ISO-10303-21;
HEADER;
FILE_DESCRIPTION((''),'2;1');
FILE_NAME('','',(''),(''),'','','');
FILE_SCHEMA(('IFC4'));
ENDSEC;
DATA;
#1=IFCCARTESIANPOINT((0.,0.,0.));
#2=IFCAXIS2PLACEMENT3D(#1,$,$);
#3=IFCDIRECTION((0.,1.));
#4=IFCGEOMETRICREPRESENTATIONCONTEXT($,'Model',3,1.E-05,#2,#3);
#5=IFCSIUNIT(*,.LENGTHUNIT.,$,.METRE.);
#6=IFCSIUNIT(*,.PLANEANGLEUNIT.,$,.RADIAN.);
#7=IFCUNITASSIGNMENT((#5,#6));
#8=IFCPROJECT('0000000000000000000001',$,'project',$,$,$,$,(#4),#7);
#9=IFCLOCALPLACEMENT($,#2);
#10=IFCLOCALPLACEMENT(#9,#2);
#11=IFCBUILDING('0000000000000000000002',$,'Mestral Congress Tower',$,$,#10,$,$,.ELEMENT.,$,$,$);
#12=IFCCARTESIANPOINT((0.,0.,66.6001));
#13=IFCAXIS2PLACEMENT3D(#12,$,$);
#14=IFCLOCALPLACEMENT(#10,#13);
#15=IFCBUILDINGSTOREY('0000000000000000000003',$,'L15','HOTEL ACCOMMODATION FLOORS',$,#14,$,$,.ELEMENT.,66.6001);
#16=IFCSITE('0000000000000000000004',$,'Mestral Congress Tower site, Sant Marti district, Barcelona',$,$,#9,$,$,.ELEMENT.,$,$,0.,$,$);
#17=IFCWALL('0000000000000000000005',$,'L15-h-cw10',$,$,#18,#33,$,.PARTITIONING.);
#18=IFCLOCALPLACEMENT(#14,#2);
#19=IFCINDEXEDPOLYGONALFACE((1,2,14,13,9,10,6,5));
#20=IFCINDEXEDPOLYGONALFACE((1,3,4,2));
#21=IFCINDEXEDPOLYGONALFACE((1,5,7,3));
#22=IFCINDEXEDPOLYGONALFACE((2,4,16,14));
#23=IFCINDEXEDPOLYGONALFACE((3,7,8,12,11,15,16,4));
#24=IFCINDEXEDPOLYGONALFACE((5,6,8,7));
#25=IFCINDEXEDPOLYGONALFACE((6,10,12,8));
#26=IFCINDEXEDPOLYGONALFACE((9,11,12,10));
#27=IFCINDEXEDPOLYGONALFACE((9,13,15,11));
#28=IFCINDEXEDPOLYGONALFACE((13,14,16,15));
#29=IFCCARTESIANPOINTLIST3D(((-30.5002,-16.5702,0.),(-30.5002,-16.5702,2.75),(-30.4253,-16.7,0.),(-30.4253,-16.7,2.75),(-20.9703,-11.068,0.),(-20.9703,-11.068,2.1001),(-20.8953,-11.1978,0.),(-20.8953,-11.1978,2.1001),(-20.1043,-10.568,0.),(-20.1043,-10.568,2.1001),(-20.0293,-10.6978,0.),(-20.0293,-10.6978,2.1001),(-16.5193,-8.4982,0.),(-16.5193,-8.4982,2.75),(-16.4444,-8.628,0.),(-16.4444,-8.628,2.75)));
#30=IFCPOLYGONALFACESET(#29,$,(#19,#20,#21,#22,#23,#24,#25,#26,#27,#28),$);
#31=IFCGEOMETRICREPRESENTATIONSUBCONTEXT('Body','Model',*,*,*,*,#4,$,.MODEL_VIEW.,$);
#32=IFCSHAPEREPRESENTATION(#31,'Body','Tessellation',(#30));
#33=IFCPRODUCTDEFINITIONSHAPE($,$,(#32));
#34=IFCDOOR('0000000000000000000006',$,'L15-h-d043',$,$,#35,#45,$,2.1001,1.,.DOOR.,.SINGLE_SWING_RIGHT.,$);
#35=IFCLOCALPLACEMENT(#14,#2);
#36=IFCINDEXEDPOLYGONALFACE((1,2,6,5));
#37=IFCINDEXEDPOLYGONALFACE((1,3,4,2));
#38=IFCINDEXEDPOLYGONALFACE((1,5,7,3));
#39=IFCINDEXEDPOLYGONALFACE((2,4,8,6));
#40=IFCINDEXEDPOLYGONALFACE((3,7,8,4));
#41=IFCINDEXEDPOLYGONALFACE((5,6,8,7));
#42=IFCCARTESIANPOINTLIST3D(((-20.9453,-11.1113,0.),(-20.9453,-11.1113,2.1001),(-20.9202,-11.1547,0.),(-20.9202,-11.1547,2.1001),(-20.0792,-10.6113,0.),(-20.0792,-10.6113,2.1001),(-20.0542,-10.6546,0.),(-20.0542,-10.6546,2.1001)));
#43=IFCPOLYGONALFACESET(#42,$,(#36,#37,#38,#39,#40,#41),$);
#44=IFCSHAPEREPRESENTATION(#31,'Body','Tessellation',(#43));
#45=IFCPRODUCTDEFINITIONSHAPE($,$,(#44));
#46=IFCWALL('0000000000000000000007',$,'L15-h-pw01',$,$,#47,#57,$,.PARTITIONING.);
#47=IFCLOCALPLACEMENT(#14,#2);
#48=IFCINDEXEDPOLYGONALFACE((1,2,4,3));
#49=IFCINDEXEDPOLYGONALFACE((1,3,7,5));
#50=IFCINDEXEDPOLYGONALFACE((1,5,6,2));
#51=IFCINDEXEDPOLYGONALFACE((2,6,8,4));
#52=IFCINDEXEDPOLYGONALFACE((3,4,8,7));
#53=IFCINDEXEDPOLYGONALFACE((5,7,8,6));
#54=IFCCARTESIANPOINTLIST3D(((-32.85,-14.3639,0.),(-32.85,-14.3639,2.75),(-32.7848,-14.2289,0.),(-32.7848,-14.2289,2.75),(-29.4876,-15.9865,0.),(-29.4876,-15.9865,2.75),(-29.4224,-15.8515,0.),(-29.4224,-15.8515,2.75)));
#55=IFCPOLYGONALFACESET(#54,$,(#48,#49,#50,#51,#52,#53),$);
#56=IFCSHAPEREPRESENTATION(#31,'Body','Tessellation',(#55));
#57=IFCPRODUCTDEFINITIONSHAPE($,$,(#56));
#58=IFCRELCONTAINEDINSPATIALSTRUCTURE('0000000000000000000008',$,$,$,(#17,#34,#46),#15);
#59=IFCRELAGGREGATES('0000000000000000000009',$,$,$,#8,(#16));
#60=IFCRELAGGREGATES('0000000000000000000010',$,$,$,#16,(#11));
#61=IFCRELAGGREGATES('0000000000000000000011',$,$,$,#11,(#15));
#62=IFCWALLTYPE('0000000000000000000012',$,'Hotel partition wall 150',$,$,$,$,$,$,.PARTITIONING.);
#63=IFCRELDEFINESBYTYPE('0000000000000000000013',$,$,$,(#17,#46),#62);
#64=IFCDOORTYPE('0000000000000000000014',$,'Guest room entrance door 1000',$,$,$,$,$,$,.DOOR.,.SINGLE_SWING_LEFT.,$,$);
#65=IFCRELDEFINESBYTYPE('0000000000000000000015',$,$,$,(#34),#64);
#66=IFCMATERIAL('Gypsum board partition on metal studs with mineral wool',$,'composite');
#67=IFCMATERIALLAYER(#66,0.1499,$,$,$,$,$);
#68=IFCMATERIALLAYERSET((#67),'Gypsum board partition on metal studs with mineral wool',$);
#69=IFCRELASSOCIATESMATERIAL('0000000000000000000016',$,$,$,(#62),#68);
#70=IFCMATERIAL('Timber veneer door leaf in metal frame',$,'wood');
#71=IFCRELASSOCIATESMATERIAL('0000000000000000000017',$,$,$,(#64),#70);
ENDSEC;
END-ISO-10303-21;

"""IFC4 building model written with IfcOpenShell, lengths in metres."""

from ifc_helpers import new_model, si_unit, direction, frame, frame_2d, origin, place, context, subcontext, project, spatial, rectangle, extrude, material, layer, layer_set, type_object, element, fill, save


model = new_model("IFC4")

# Units and contexts
model_context = context("Model", 3, precision=1e-05, world=origin(), true_north=direction((0.0, 1.0)))
body_context = subcontext(model_context, "Body", "Model", "MODEL_VIEW")
ifc_project = project(units=[si_unit("LENGTHUNIT", "METRE"), si_unit("PLANEANGLEUNIT", "RADIAN")], contexts=[model_context])

# Site, building, storey
site_placement = place(None, origin())
site = spatial("IfcSite", under=ifc_project, at=site_placement, Name="Mestral Congress Tower site, Sant Marti district, Barcelona", CompositionType="ELEMENT", RefElevation=0.0)
building_placement = place(site_placement, origin())
building = spatial("IfcBuilding", under=site, at=building_placement, Name="Mestral Congress Tower", CompositionType="ELEMENT")
storey_placement = place(building_placement, frame((0.0, 0.0, 66.6001)))
storey = spatial("IfcBuildingStorey", under=building, at=storey_placement, Name="L15", Description="HOTEL ACCOMMODATION FLOORS", CompositionType="ELEMENT", Elevation=66.6001)

# Wall, opening, door
ifc_material_1 = material(Name="Gypsum board partition on metal studs with mineral wool", Category="composite")
ifc_layer_1 = layer(ifc_material_1, 0.1499)
ifc_layer_set_1 = layer_set([ifc_layer_1], Name="Gypsum board partition on metal studs with mineral wool")
wall_type_1 = type_object("IfcWallType", Name="Hotel partition wall 150", PredefinedType="PARTITIONING", material=ifc_layer_set_1)
wall_1_placement = place(storey_placement, frame((-30.4626, -16.635, 0.0), z_axis=(0.0, 0.0, 1.0), x_axis=(0.866022, 0.500005, 0.0)))
wall_1 = element("IfcWall", 1, at=wall_1_placement, inside=storey, type_object=wall_type_1, Name="L15-h-cw10", PredefinedType="PARTITIONING", context=body_context, shape_type="SweptSolid", body=[
    extrude(rectangle(XDim=16.1438, YDim=0.1499, at=frame_2d((8.0718, 0.0))), origin(), (0.0, 0.0, 1.0), 2.75),
])
opening_1_placement = place(wall_1_placement, frame((11.0042, 0.0, 0.0)))
opening_1 = element("IfcOpeningElement", 2, at=opening_1_placement, cuts=wall_1, PredefinedType="OPENING", context=body_context, shape_type="SweptSolid", body=[
    extrude(rectangle(XDim=1.0, YDim=2.1001, at=frame_2d((0.5, 1.05))), frame((0.0, 0.085, 0.0), z_axis=(0.0, -1.0, 0.0), x_axis=(1.0, 0.0, 0.0)), (0.0, 0.0, 1.0), 0.1699),
])
ifc_material_2 = material(Name="Timber veneer door leaf in metal frame", Category="wood")
door_type = type_object("IfcDoorType", Name="Guest room entrance door 1000", OperationType="SINGLE_SWING_LEFT", PredefinedType="DOOR", material=ifc_material_2)
door_placement = place(opening_1_placement, origin())
door = element("IfcDoor", 3, at=door_placement, inside=storey, type_object=door_type, Name="L15-h-d043", OperationType="SINGLE_SWING_RIGHT", OverallHeight=2.1001, OverallWidth=1.0, PredefinedType="DOOR", context=body_context, shape_type="SweptSolid", body=[
    extrude(rectangle(XDim=1.0, YDim=2.1001, at=frame_2d((0.5, 1.05))), frame((0.0, 0.0249, 0.0), z_axis=(0.0, -1.0, 0.0), x_axis=(1.0, 0.0, 0.0)), (0.0, 0.0, 1.0), 0.05),
])
fill(opening_1, door)

# Wall
wall_2_placement = place(storey_placement, frame((-32.8174, -14.2964, 0.0), z_axis=(0.0, 0.0, 1.0), x_axis=(0.900617, -0.434614, 0.0)))
element("IfcWall", 4, at=wall_2_placement, inside=storey, type_object=wall_type_1, Name="L15-h-pw01", PredefinedType="PARTITIONING", context=body_context, shape_type="SweptSolid", body=[
    extrude(rectangle(XDim=3.7334, YDim=0.1499, at=frame_2d((1.8667, 0.0))), origin(), (0.0, 0.0, 1.0), 2.75),
])

save(model, "model.ifc")
